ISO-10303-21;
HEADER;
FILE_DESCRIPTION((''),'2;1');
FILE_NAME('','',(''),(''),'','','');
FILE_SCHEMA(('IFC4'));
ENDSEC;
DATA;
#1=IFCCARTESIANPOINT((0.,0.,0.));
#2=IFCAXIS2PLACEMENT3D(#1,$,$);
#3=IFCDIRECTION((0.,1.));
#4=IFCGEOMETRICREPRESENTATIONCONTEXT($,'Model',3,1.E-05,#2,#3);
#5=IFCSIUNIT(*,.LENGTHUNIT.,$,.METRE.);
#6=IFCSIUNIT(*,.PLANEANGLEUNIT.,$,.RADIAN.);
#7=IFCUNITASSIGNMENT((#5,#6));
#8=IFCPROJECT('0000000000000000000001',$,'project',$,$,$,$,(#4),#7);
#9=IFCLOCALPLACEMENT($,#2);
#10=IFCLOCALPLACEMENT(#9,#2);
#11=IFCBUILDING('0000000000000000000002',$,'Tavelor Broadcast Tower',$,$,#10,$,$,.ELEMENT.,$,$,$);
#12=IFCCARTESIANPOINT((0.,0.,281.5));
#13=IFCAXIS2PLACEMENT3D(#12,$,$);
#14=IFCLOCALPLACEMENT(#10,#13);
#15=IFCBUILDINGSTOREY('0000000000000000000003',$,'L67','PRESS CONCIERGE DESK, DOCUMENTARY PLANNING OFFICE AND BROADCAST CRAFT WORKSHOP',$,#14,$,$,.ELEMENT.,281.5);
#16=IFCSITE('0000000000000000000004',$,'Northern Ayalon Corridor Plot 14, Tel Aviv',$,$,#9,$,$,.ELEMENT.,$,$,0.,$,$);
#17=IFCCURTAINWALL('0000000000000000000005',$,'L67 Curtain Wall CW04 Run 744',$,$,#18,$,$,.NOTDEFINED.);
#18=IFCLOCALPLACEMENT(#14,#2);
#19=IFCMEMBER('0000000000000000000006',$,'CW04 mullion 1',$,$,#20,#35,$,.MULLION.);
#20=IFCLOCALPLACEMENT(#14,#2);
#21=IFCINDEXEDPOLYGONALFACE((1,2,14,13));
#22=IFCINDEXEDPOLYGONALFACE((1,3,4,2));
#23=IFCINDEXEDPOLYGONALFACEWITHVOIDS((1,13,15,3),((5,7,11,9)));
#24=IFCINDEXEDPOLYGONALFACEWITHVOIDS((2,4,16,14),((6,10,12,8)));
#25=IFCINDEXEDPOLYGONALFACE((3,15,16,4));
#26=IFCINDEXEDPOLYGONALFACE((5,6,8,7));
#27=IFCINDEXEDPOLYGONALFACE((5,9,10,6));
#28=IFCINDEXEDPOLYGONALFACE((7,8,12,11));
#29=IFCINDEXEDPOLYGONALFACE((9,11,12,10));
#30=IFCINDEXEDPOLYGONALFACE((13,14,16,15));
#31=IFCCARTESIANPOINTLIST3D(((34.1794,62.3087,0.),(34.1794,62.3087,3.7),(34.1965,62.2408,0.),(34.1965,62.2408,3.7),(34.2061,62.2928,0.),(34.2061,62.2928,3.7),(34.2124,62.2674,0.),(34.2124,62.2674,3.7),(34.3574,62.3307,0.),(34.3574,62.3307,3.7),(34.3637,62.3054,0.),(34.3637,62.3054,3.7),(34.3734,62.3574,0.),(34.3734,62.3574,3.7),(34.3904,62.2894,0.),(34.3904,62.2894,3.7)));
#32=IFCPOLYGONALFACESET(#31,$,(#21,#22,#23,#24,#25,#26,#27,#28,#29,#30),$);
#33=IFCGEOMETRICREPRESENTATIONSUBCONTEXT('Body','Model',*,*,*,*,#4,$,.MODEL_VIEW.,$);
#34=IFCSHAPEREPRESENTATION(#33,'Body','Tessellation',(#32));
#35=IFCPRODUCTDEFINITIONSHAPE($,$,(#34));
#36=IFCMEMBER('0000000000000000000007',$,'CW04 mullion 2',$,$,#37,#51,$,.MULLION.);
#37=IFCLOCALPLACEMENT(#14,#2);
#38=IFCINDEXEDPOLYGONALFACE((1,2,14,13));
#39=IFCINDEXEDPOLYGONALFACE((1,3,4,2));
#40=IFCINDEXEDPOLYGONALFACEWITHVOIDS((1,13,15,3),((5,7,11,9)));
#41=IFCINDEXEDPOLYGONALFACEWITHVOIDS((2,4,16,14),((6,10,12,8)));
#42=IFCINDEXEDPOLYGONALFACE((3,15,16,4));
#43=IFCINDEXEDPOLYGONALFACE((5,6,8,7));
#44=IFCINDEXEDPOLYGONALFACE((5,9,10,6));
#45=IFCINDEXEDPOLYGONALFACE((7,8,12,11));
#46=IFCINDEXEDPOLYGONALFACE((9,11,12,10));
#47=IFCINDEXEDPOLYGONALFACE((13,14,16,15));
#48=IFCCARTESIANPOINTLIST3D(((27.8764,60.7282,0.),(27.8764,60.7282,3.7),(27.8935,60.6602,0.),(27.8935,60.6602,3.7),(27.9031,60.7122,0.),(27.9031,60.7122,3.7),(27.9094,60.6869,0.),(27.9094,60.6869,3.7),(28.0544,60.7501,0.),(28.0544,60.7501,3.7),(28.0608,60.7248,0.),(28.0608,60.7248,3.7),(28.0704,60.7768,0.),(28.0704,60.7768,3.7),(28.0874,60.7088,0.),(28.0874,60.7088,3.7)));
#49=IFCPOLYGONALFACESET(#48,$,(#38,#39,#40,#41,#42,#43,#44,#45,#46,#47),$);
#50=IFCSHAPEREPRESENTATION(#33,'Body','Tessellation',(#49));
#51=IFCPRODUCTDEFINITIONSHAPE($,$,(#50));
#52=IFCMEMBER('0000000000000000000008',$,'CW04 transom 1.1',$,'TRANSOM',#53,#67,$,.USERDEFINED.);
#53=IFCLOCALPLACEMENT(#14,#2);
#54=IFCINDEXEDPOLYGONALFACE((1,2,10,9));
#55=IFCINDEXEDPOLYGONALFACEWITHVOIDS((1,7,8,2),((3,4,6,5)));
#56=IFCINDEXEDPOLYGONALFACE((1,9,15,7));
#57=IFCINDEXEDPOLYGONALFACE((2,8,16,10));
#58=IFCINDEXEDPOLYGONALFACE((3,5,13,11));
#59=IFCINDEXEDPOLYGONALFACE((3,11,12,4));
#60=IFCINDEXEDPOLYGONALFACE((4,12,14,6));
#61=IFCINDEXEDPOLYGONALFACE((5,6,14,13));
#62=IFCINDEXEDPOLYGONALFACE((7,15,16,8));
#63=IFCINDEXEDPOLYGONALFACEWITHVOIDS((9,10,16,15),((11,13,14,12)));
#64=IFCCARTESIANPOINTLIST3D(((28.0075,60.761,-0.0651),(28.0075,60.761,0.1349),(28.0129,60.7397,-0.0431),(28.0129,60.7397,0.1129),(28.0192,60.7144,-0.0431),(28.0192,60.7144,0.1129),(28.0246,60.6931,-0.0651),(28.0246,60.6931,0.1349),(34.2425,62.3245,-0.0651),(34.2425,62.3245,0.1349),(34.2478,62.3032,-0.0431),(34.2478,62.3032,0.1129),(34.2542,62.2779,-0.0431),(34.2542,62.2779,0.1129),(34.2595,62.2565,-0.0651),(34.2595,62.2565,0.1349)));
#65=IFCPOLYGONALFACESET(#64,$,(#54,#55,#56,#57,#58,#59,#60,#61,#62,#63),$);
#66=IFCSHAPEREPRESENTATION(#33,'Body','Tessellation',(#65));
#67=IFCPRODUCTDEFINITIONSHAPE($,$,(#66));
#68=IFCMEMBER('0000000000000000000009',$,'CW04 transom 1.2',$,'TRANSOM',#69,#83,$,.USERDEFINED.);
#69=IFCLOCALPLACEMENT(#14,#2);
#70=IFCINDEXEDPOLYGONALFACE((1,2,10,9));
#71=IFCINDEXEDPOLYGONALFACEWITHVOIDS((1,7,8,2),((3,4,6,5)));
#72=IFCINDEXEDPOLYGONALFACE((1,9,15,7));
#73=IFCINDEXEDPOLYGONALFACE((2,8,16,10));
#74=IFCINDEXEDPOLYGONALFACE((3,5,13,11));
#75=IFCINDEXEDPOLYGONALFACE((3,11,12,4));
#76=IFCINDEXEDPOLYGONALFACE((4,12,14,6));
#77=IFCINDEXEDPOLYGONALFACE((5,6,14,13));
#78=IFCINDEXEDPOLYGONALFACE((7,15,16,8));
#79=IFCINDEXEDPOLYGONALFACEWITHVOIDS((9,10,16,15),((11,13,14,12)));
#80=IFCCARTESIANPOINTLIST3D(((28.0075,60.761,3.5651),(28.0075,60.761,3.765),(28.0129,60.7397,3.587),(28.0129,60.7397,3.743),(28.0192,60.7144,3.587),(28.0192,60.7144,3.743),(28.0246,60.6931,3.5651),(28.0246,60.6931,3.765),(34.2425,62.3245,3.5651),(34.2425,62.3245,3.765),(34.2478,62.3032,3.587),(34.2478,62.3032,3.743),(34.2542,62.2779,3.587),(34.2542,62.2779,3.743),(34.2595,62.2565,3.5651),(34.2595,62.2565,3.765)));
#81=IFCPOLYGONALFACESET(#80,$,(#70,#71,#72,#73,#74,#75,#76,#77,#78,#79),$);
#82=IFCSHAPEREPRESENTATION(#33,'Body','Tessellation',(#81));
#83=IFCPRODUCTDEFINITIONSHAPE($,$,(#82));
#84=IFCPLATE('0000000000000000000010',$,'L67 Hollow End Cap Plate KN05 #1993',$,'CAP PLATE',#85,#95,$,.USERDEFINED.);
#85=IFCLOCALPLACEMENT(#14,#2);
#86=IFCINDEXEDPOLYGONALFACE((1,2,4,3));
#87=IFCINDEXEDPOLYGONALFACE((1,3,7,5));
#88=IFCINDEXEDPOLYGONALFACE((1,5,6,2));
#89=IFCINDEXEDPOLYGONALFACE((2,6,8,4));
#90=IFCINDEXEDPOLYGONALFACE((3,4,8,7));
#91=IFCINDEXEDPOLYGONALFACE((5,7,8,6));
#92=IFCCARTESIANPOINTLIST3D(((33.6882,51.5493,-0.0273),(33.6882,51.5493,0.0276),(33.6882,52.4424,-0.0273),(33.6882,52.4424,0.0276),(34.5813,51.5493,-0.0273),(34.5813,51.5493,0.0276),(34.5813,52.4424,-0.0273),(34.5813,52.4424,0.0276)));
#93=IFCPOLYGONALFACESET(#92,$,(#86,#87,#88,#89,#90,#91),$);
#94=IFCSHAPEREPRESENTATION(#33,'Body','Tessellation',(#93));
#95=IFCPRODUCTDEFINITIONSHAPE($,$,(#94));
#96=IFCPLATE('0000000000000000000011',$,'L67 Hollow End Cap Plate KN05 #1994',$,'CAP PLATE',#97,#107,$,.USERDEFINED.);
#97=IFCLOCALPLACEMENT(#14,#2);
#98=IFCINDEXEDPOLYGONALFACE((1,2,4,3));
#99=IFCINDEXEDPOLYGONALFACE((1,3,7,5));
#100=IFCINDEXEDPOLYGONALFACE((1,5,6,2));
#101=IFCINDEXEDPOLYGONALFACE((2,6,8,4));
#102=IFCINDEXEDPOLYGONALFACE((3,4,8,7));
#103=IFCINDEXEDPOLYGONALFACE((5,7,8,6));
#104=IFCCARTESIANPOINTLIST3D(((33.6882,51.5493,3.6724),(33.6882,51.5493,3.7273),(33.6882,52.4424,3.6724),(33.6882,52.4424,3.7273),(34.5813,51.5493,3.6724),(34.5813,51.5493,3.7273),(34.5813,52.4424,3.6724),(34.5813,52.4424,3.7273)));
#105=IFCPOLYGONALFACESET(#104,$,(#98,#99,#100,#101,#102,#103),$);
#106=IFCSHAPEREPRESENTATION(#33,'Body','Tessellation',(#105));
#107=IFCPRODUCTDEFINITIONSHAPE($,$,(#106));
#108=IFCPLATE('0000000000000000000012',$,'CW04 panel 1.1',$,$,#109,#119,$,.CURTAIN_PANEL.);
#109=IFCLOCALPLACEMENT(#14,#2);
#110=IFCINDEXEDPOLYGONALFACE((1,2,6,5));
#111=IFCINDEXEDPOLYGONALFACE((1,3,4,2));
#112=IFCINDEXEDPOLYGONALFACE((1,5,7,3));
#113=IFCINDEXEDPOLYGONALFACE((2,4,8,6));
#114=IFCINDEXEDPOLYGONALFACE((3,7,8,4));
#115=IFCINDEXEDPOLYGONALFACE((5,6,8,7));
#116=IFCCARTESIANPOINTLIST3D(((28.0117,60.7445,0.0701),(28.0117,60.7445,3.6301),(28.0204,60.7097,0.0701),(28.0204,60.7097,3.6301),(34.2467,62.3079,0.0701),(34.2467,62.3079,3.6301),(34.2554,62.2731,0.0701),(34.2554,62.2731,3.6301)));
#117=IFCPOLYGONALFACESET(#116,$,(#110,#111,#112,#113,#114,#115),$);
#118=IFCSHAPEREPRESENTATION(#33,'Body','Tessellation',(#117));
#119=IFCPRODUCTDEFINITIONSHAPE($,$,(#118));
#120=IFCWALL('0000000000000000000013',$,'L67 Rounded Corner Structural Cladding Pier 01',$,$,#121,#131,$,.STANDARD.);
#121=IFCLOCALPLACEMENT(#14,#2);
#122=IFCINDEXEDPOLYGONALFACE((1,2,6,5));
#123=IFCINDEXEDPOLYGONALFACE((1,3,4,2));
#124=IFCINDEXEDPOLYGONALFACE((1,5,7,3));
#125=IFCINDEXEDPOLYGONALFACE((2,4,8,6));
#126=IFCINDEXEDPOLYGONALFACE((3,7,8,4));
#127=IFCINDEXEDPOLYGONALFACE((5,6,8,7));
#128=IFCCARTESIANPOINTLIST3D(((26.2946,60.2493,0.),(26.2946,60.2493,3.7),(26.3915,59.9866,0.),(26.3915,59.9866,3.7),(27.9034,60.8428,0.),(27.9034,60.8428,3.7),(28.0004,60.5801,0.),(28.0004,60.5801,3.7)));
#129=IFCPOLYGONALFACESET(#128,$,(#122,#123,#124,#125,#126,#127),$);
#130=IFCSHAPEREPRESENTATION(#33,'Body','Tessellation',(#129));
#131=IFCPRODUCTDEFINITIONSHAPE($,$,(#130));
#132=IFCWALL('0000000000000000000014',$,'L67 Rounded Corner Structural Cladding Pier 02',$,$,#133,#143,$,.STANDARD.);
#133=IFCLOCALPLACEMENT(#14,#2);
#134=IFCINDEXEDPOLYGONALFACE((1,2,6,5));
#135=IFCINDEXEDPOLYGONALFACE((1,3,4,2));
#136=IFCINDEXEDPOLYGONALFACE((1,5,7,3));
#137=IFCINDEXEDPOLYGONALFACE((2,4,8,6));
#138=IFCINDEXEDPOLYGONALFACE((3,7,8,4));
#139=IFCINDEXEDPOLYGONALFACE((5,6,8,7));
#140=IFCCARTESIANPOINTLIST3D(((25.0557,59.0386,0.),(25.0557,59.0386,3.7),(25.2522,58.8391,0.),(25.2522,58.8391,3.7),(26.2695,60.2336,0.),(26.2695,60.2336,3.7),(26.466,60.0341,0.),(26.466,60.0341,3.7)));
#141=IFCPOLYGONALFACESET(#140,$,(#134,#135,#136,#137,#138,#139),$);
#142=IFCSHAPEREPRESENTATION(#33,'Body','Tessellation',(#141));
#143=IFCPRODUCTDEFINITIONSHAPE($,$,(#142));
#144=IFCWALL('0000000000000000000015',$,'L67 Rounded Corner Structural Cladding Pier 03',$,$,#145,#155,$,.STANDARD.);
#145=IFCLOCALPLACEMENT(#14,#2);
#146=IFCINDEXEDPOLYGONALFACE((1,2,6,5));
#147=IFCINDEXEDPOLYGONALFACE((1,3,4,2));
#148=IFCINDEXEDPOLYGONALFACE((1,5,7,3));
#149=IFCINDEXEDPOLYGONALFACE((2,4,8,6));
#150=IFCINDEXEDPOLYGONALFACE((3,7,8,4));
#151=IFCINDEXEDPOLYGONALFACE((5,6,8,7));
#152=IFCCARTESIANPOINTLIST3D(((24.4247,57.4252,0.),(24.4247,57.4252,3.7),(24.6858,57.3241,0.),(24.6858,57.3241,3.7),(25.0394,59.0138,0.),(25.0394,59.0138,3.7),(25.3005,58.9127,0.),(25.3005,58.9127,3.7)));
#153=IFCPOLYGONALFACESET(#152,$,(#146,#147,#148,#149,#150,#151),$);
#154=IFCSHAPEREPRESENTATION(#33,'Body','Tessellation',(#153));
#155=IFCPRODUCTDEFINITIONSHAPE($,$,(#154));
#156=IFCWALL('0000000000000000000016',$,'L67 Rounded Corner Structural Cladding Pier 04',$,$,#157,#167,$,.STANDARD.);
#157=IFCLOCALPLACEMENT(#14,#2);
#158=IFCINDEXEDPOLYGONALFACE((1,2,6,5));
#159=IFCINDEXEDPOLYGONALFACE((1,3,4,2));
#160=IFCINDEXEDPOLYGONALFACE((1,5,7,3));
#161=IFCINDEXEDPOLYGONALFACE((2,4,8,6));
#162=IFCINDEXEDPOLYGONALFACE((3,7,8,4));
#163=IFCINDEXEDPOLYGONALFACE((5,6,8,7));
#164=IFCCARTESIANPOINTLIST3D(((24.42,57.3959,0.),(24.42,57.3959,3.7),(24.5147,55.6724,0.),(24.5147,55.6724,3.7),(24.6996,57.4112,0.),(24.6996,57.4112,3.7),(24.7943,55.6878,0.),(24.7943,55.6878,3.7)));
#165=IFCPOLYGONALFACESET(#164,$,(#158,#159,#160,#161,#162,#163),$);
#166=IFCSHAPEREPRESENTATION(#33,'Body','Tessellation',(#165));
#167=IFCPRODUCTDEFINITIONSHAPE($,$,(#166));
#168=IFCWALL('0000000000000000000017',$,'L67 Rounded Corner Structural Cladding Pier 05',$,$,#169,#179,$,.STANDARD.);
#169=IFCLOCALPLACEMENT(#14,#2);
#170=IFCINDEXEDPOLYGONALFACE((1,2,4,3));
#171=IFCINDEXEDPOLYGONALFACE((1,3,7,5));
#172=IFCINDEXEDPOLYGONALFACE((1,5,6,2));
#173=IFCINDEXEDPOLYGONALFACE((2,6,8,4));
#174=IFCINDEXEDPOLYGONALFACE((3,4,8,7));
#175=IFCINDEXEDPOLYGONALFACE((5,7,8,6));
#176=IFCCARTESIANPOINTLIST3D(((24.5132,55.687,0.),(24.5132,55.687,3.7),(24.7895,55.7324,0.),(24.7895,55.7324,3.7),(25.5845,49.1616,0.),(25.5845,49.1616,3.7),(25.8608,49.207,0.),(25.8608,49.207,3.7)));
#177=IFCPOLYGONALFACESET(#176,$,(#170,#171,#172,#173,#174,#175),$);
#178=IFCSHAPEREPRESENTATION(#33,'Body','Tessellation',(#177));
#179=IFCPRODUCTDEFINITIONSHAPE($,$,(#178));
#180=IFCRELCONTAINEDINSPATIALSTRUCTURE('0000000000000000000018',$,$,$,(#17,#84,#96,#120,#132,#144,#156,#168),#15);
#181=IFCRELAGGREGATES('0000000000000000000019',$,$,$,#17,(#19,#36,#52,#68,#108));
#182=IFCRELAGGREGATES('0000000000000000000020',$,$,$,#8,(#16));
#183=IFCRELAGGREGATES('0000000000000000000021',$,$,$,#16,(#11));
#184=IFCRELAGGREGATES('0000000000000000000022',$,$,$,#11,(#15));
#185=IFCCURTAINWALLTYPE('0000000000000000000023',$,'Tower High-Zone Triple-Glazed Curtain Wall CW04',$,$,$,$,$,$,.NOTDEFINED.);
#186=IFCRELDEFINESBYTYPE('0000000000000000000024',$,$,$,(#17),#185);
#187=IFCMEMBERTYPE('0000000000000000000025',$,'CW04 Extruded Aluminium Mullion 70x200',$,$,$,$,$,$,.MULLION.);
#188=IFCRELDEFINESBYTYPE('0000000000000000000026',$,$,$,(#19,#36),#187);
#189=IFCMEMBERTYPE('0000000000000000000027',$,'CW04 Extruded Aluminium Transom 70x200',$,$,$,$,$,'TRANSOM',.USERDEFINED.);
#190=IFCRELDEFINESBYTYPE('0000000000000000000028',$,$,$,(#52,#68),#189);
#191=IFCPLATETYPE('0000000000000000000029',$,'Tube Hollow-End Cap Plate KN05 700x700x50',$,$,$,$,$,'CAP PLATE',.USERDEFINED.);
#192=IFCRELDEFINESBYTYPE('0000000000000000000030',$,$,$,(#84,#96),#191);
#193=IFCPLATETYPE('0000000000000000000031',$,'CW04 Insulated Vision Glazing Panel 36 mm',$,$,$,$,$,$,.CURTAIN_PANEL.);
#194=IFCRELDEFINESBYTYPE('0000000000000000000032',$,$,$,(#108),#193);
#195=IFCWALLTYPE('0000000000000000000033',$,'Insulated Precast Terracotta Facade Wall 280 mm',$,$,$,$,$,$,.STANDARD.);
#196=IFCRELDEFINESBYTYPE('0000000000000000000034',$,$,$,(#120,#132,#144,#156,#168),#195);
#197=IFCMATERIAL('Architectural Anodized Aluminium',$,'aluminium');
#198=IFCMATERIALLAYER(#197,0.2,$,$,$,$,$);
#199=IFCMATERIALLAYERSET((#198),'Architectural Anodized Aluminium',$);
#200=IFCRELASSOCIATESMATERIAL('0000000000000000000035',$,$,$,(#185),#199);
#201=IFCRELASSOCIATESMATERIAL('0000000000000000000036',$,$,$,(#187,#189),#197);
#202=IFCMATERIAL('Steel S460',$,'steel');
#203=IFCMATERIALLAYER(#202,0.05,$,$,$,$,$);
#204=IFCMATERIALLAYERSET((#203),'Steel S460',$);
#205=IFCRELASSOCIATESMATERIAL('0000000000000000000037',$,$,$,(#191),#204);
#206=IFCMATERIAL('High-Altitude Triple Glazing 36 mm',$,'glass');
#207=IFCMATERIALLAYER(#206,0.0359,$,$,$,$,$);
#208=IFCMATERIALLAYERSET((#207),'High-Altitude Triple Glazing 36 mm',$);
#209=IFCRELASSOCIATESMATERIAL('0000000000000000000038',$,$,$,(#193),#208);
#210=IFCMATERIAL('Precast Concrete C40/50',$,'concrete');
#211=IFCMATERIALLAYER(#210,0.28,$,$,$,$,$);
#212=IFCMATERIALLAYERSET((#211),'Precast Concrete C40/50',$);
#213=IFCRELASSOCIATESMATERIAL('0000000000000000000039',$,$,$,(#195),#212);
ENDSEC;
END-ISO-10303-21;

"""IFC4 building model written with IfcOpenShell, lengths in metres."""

from ifc_helpers import new_model, si_unit, direction, frame, frame_2d, origin, origin_2d, place, context, subcontext, project, spatial, rectangle, hollow_rectangle, extrude, source, transform, mapped, material, layer, layer_set, material_profile, profile_set, type_object, type_shapes, element, aggregate, save


model = new_model("IFC4")

# Units and contexts
model_context = context("Model", 3, precision=1e-05, world=origin(), true_north=direction((0.0, 1.0)))
body_context = subcontext(model_context, "Body", "Model", "MODEL_VIEW")
ifc_project = project(units=[si_unit("LENGTHUNIT", "METRE"), si_unit("PLANEANGLEUNIT", "RADIAN")], contexts=[model_context])

# Site, building, storey
site_placement = place(None, origin())
site = spatial("IfcSite", under=ifc_project, at=site_placement, Name="Northern Ayalon Corridor Plot 14, Tel Aviv", CompositionType="ELEMENT", RefElevation=0.0)
building_placement = place(site_placement, origin())
building = spatial("IfcBuilding", under=site, at=building_placement, Name="Tavelor Broadcast Tower", CompositionType="ELEMENT")
storey_placement = place(building_placement, frame((0.0, 0.0, 281.5)))
storey = spatial("IfcBuildingStorey", under=building, at=storey_placement, Name="L67", Description="PRESS CONCIERGE DESK, DOCUMENTARY PLANNING OFFICE AND BROADCAST CRAFT WORKSHOP", CompositionType="ELEMENT", Elevation=281.5)

# Shared definitions
ifc_material_1 = material(Name="Steel S460", Category="steel")

# Shared definitions
ifc_material_2 = material(Name="Architectural Anodized Aluminium", Category="aluminium")
ifc_layer_1 = layer(ifc_material_2, 0.2)
ifc_layer_set_1 = layer_set([ifc_layer_1], Name="Architectural Anodized Aluminium")
curtain_wall_type = type_object("IfcCurtainWallType", Name="Tower High-Zone Triple-Glazed Curtain Wall CW04", PredefinedType="NOTDEFINED", material=ifc_layer_set_1)
ifc_material_profile_1 = material_profile(ifc_material_2, hollow_rectangle(XDim=0.0701, YDim=0.2, WallThickness=0.022, at=origin_2d()), Name="RHS 70x200x22")
ifc_profile_set_1 = profile_set([ifc_material_profile_1], Name="Architectural Anodized Aluminium")
member_type_1 = type_object("IfcMemberType", Name="CW04 Extruded Aluminium Mullion 70x200", PredefinedType="MULLION", material=ifc_profile_set_1)
shared_shape_1 = source(origin(), body_context, "Body", "SweptSolid", [
    extrude(hollow_rectangle(XDim=0.0701, YDim=0.2, WallThickness=0.022, at=origin_2d()), origin(), (0.0, 0.0, 1.0), 3.7),
])
type_shapes(member_type_1, [shared_shape_1])

# Curtain wall, members
curtain_wall_1_placement = place(storey_placement, origin())
curtain_wall_1 = element("IfcCurtainWall", 1, at=curtain_wall_1_placement, inside=storey, type_object=curtain_wall_type, Name="L67 Curtain Wall CW04 Run 744", PredefinedType="NOTDEFINED")
member_1_placement = place(storey_placement, frame((34.2849, 62.2991, 0.0), z_axis=(0.0, 0.0, 1.0), x_axis=(0.243223, -0.96997, 0.0)))
member_1 = element("IfcMember", 2, at=member_1_placement, type_object=member_type_1, Name="CW04 mullion 1", PredefinedType="MULLION", context=body_context, shape_type="MappedRepresentation", body=[
    mapped(shared_shape_1, transform((0.0, 0.0, 0.0), scale=1.0)),
])
member_2_placement = place(storey_placement, frame((27.9819, 60.7185, 0.0), z_axis=(0.0, 0.0, 1.0), x_axis=(0.243223, -0.96997, 0.0)))
member_2 = element("IfcMember", 3, at=member_2_placement, type_object=member_type_1, Name="CW04 mullion 2", PredefinedType="MULLION", context=body_context, shape_type="MappedRepresentation", body=[
    mapped(shared_shape_1, transform((0.0, 0.0, 0.0), scale=1.0)),
])
ifc_material_profile_2 = material_profile(ifc_material_2, hollow_rectangle(XDim=0.0701, YDim=0.2, WallThickness=0.022, at=origin_2d()), Name="RHS 70x200x22")
ifc_profile_set_2 = profile_set([ifc_material_profile_2], Name="Architectural Anodized Aluminium")
member_type_2 = type_object("IfcMemberType", Name="CW04 Extruded Aluminium Transom 70x200", ElementType="TRANSOM", PredefinedType="USERDEFINED", material=ifc_profile_set_2)
shared_shape_2 = source(origin(), body_context, "Body", "SweptSolid", [
    extrude(hollow_rectangle(XDim=0.0701, YDim=0.2, WallThickness=0.022, at=origin_2d()), origin(), (0.0, 0.0, 1.0), 6.428),
])
type_shapes(member_type_2, [shared_shape_2])
member_3_placement = place(storey_placement, frame((34.251, 62.2905, 0.0349), z_axis=(-0.969968, -0.243233, 0.0), x_axis=(0.243233, -0.969968, 0.0)))
member_3 = element("IfcMember", 4, at=member_3_placement, type_object=member_type_2, Name="CW04 transom 1.1", ObjectType="TRANSOM", PredefinedType="USERDEFINED", context=body_context, shape_type="MappedRepresentation", body=[
    mapped(shared_shape_2, transform((0.0, 0.0, 0.0), scale=1.0)),
])
member_4_placement = place(storey_placement, frame((34.251, 62.2905, 3.665), z_axis=(-0.969968, -0.243233, 0.0), x_axis=(0.243233, -0.969968, 0.0)))
member_4 = element("IfcMember", 5, at=member_4_placement, type_object=member_type_2, Name="CW04 transom 1.2", ObjectType="TRANSOM", PredefinedType="USERDEFINED", context=body_context, shape_type="MappedRepresentation", body=[
    mapped(shared_shape_2, transform((0.0, 0.0, 0.0), scale=1.0)),
])

# Plates
ifc_layer_2 = layer(ifc_material_1, 0.05)
ifc_layer_set_2 = layer_set([ifc_layer_2], Name="Steel S460")
plate_type_1 = type_object("IfcPlateType", Name="Tube Hollow-End Cap Plate KN05 700x700x50", ElementType="CAP PLATE", PredefinedType="USERDEFINED", material=ifc_layer_set_2)
shared_shape_3 = source(origin(), body_context, "Body", "SweptSolid", [
    extrude(rectangle(XDim=0.8931, YDim=0.8931, at=origin_2d()), origin(), (0.0, 0.0, 1.0), 0.0549),
])
type_shapes(plate_type_1, [shared_shape_3])
for number, where, z_axis, x_axis, name in (
    (6, (34.1348, 51.9958, -0.0273), (0.0, 0.0, 1.0), (1.0, 0.0, 0.0), "L67 Hollow End Cap Plate KN05 #1993"),
    (7, (34.1348, 51.9958, 3.6724), (0.0, 0.0, 1.0), (1.0, 0.0, 0.0), "L67 Hollow End Cap Plate KN05 #1994"),
):
    element("IfcPlate", number, at=place(storey_placement, frame(where, z_axis=z_axis, x_axis=x_axis)), inside=storey, type_object=plate_type_1, Name=name, ObjectType="CAP PLATE", PredefinedType="USERDEFINED", context=body_context, shape_type="MappedRepresentation", body=[
        mapped(shared_shape_3, transform((0.0, 0.0, 0.0), scale=1.0)),
    ])

# Plate
ifc_material_3 = material(Name="High-Altitude Triple Glazing 36 mm", Category="glass")
ifc_layer_3 = layer(ifc_material_3, 0.0359)
ifc_layer_set_3 = layer_set([ifc_layer_3], Name="High-Altitude Triple Glazing 36 mm")
plate_type_2 = type_object("IfcPlateType", Name="CW04 Insulated Vision Glazing Panel 36 mm", PredefinedType="CURTAIN_PANEL", material=ifc_layer_set_3)
shared_shape_4 = source(origin(), body_context, "Body", "SweptSolid", [
    extrude(rectangle(XDim=6.428, YDim=0.0359, at=origin_2d()), origin(), (0.0, 0.0, 1.0), 3.5601),
])
type_shapes(plate_type_2, [shared_shape_4])
plate_placement = place(storey_placement, frame((31.1335, 61.5088, 0.0701), z_axis=(0.0, 0.0, 1.0), x_axis=(-0.96997, -0.243223, 0.0)))
plate = element("IfcPlate", 8, at=plate_placement, type_object=plate_type_2, Name="CW04 panel 1.1", PredefinedType="CURTAIN_PANEL", context=body_context, shape_type="MappedRepresentation", body=[
    mapped(shared_shape_4, transform((0.0, 0.0, 0.0), scale=1.0)),
])
aggregate(curtain_wall_1, [member_1, member_2, member_3, member_4, plate])

# Walls
ifc_material_4 = material(Name="Precast Concrete C40/50", Category="concrete")
ifc_layer_4 = layer(ifc_material_4, 0.28)
ifc_layer_set_4 = layer_set([ifc_layer_4], Name="Precast Concrete C40/50")
wall_type_1 = type_object("IfcWallType", Name="Insulated Precast Terracotta Facade Wall 280 mm", PredefinedType="STANDARD", material=ifc_layer_set_4)
wall_1_placement = place(storey_placement, frame((27.9519, 60.7114, 0.0), z_axis=(0.0, 0.0, 1.0), x_axis=(-0.9382, -0.346095, 0.0)))
element("IfcWall", 9, at=wall_1_placement, inside=storey, type_object=wall_type_1, Name="L67 Rounded Corner Structural Cladding Pier 01", PredefinedType="STANDARD", context=body_context, shape_type="SweptSolid", body=[
    extrude(rectangle(XDim=1.7148, YDim=0.28, at=frame_2d((0.8574, 0.0))), origin(), (0.0, 0.0, 1.0), 3.7),
])
for number, where, z_axis, x_axis, name in (
    (10, (26.3677, 60.1338, 0.0), (0.0, 0.0, 1.0), (-0.712603, -0.701567, 0.0), "L67 Rounded Corner Structural Cladding Pier 02"),
    (11, (25.1699, 58.9631, 0.0), (0.0, 0.0, 1.0), (-0.36089, -0.932609, 0.0), "L67 Rounded Corner Structural Cladding Pier 03"),
):
    element("IfcWall", number, at=place(storey_placement, frame(where, z_axis=z_axis, x_axis=x_axis)), inside=storey, type_object=wall_type_1, Name=name, PredefinedType="STANDARD", context=body_context, shape_type="SweptSolid", body=[
        extrude(rectangle(XDim=1.7034, YDim=0.28, at=frame_2d((0.8516, 0.0))), origin(), (0.0, 0.0, 1.0), 3.7),
    ])
wall_2_placement = place(storey_placement, frame((24.5598, 57.4036, 0.0), z_axis=(0.0, 0.0, 1.0), x_axis=(0.054882, -0.998493, 0.0)))
element("IfcWall", 12, at=wall_2_placement, inside=storey, type_object=wall_type_1, Name="L67 Rounded Corner Structural Cladding Pier 04", PredefinedType="STANDARD", context=body_context, shape_type="SweptSolid", body=[
    extrude(rectangle(XDim=1.7261, YDim=0.28, at=frame_2d((0.863, 0.0))), origin(), (0.0, 0.0, 1.0), 3.7),
])
wall_3_placement = place(storey_placement, frame((24.6514, 55.7097, 0.0), z_axis=(0.0, 0.0, 1.0), x_axis=(0.162004, -0.98679, 0.0)))
element("IfcWall", 13, at=wall_3_placement, inside=storey, type_object=wall_type_1, Name="L67 Rounded Corner Structural Cladding Pier 05", PredefinedType="STANDARD", context=body_context, shape_type="SweptSolid", body=[
    extrude(rectangle(XDim=6.6128, YDim=0.28, at=frame_2d((3.3064, 0.0))), origin(), (0.0, 0.0, 1.0), 3.7),
])

save(model, "model.ifc")
